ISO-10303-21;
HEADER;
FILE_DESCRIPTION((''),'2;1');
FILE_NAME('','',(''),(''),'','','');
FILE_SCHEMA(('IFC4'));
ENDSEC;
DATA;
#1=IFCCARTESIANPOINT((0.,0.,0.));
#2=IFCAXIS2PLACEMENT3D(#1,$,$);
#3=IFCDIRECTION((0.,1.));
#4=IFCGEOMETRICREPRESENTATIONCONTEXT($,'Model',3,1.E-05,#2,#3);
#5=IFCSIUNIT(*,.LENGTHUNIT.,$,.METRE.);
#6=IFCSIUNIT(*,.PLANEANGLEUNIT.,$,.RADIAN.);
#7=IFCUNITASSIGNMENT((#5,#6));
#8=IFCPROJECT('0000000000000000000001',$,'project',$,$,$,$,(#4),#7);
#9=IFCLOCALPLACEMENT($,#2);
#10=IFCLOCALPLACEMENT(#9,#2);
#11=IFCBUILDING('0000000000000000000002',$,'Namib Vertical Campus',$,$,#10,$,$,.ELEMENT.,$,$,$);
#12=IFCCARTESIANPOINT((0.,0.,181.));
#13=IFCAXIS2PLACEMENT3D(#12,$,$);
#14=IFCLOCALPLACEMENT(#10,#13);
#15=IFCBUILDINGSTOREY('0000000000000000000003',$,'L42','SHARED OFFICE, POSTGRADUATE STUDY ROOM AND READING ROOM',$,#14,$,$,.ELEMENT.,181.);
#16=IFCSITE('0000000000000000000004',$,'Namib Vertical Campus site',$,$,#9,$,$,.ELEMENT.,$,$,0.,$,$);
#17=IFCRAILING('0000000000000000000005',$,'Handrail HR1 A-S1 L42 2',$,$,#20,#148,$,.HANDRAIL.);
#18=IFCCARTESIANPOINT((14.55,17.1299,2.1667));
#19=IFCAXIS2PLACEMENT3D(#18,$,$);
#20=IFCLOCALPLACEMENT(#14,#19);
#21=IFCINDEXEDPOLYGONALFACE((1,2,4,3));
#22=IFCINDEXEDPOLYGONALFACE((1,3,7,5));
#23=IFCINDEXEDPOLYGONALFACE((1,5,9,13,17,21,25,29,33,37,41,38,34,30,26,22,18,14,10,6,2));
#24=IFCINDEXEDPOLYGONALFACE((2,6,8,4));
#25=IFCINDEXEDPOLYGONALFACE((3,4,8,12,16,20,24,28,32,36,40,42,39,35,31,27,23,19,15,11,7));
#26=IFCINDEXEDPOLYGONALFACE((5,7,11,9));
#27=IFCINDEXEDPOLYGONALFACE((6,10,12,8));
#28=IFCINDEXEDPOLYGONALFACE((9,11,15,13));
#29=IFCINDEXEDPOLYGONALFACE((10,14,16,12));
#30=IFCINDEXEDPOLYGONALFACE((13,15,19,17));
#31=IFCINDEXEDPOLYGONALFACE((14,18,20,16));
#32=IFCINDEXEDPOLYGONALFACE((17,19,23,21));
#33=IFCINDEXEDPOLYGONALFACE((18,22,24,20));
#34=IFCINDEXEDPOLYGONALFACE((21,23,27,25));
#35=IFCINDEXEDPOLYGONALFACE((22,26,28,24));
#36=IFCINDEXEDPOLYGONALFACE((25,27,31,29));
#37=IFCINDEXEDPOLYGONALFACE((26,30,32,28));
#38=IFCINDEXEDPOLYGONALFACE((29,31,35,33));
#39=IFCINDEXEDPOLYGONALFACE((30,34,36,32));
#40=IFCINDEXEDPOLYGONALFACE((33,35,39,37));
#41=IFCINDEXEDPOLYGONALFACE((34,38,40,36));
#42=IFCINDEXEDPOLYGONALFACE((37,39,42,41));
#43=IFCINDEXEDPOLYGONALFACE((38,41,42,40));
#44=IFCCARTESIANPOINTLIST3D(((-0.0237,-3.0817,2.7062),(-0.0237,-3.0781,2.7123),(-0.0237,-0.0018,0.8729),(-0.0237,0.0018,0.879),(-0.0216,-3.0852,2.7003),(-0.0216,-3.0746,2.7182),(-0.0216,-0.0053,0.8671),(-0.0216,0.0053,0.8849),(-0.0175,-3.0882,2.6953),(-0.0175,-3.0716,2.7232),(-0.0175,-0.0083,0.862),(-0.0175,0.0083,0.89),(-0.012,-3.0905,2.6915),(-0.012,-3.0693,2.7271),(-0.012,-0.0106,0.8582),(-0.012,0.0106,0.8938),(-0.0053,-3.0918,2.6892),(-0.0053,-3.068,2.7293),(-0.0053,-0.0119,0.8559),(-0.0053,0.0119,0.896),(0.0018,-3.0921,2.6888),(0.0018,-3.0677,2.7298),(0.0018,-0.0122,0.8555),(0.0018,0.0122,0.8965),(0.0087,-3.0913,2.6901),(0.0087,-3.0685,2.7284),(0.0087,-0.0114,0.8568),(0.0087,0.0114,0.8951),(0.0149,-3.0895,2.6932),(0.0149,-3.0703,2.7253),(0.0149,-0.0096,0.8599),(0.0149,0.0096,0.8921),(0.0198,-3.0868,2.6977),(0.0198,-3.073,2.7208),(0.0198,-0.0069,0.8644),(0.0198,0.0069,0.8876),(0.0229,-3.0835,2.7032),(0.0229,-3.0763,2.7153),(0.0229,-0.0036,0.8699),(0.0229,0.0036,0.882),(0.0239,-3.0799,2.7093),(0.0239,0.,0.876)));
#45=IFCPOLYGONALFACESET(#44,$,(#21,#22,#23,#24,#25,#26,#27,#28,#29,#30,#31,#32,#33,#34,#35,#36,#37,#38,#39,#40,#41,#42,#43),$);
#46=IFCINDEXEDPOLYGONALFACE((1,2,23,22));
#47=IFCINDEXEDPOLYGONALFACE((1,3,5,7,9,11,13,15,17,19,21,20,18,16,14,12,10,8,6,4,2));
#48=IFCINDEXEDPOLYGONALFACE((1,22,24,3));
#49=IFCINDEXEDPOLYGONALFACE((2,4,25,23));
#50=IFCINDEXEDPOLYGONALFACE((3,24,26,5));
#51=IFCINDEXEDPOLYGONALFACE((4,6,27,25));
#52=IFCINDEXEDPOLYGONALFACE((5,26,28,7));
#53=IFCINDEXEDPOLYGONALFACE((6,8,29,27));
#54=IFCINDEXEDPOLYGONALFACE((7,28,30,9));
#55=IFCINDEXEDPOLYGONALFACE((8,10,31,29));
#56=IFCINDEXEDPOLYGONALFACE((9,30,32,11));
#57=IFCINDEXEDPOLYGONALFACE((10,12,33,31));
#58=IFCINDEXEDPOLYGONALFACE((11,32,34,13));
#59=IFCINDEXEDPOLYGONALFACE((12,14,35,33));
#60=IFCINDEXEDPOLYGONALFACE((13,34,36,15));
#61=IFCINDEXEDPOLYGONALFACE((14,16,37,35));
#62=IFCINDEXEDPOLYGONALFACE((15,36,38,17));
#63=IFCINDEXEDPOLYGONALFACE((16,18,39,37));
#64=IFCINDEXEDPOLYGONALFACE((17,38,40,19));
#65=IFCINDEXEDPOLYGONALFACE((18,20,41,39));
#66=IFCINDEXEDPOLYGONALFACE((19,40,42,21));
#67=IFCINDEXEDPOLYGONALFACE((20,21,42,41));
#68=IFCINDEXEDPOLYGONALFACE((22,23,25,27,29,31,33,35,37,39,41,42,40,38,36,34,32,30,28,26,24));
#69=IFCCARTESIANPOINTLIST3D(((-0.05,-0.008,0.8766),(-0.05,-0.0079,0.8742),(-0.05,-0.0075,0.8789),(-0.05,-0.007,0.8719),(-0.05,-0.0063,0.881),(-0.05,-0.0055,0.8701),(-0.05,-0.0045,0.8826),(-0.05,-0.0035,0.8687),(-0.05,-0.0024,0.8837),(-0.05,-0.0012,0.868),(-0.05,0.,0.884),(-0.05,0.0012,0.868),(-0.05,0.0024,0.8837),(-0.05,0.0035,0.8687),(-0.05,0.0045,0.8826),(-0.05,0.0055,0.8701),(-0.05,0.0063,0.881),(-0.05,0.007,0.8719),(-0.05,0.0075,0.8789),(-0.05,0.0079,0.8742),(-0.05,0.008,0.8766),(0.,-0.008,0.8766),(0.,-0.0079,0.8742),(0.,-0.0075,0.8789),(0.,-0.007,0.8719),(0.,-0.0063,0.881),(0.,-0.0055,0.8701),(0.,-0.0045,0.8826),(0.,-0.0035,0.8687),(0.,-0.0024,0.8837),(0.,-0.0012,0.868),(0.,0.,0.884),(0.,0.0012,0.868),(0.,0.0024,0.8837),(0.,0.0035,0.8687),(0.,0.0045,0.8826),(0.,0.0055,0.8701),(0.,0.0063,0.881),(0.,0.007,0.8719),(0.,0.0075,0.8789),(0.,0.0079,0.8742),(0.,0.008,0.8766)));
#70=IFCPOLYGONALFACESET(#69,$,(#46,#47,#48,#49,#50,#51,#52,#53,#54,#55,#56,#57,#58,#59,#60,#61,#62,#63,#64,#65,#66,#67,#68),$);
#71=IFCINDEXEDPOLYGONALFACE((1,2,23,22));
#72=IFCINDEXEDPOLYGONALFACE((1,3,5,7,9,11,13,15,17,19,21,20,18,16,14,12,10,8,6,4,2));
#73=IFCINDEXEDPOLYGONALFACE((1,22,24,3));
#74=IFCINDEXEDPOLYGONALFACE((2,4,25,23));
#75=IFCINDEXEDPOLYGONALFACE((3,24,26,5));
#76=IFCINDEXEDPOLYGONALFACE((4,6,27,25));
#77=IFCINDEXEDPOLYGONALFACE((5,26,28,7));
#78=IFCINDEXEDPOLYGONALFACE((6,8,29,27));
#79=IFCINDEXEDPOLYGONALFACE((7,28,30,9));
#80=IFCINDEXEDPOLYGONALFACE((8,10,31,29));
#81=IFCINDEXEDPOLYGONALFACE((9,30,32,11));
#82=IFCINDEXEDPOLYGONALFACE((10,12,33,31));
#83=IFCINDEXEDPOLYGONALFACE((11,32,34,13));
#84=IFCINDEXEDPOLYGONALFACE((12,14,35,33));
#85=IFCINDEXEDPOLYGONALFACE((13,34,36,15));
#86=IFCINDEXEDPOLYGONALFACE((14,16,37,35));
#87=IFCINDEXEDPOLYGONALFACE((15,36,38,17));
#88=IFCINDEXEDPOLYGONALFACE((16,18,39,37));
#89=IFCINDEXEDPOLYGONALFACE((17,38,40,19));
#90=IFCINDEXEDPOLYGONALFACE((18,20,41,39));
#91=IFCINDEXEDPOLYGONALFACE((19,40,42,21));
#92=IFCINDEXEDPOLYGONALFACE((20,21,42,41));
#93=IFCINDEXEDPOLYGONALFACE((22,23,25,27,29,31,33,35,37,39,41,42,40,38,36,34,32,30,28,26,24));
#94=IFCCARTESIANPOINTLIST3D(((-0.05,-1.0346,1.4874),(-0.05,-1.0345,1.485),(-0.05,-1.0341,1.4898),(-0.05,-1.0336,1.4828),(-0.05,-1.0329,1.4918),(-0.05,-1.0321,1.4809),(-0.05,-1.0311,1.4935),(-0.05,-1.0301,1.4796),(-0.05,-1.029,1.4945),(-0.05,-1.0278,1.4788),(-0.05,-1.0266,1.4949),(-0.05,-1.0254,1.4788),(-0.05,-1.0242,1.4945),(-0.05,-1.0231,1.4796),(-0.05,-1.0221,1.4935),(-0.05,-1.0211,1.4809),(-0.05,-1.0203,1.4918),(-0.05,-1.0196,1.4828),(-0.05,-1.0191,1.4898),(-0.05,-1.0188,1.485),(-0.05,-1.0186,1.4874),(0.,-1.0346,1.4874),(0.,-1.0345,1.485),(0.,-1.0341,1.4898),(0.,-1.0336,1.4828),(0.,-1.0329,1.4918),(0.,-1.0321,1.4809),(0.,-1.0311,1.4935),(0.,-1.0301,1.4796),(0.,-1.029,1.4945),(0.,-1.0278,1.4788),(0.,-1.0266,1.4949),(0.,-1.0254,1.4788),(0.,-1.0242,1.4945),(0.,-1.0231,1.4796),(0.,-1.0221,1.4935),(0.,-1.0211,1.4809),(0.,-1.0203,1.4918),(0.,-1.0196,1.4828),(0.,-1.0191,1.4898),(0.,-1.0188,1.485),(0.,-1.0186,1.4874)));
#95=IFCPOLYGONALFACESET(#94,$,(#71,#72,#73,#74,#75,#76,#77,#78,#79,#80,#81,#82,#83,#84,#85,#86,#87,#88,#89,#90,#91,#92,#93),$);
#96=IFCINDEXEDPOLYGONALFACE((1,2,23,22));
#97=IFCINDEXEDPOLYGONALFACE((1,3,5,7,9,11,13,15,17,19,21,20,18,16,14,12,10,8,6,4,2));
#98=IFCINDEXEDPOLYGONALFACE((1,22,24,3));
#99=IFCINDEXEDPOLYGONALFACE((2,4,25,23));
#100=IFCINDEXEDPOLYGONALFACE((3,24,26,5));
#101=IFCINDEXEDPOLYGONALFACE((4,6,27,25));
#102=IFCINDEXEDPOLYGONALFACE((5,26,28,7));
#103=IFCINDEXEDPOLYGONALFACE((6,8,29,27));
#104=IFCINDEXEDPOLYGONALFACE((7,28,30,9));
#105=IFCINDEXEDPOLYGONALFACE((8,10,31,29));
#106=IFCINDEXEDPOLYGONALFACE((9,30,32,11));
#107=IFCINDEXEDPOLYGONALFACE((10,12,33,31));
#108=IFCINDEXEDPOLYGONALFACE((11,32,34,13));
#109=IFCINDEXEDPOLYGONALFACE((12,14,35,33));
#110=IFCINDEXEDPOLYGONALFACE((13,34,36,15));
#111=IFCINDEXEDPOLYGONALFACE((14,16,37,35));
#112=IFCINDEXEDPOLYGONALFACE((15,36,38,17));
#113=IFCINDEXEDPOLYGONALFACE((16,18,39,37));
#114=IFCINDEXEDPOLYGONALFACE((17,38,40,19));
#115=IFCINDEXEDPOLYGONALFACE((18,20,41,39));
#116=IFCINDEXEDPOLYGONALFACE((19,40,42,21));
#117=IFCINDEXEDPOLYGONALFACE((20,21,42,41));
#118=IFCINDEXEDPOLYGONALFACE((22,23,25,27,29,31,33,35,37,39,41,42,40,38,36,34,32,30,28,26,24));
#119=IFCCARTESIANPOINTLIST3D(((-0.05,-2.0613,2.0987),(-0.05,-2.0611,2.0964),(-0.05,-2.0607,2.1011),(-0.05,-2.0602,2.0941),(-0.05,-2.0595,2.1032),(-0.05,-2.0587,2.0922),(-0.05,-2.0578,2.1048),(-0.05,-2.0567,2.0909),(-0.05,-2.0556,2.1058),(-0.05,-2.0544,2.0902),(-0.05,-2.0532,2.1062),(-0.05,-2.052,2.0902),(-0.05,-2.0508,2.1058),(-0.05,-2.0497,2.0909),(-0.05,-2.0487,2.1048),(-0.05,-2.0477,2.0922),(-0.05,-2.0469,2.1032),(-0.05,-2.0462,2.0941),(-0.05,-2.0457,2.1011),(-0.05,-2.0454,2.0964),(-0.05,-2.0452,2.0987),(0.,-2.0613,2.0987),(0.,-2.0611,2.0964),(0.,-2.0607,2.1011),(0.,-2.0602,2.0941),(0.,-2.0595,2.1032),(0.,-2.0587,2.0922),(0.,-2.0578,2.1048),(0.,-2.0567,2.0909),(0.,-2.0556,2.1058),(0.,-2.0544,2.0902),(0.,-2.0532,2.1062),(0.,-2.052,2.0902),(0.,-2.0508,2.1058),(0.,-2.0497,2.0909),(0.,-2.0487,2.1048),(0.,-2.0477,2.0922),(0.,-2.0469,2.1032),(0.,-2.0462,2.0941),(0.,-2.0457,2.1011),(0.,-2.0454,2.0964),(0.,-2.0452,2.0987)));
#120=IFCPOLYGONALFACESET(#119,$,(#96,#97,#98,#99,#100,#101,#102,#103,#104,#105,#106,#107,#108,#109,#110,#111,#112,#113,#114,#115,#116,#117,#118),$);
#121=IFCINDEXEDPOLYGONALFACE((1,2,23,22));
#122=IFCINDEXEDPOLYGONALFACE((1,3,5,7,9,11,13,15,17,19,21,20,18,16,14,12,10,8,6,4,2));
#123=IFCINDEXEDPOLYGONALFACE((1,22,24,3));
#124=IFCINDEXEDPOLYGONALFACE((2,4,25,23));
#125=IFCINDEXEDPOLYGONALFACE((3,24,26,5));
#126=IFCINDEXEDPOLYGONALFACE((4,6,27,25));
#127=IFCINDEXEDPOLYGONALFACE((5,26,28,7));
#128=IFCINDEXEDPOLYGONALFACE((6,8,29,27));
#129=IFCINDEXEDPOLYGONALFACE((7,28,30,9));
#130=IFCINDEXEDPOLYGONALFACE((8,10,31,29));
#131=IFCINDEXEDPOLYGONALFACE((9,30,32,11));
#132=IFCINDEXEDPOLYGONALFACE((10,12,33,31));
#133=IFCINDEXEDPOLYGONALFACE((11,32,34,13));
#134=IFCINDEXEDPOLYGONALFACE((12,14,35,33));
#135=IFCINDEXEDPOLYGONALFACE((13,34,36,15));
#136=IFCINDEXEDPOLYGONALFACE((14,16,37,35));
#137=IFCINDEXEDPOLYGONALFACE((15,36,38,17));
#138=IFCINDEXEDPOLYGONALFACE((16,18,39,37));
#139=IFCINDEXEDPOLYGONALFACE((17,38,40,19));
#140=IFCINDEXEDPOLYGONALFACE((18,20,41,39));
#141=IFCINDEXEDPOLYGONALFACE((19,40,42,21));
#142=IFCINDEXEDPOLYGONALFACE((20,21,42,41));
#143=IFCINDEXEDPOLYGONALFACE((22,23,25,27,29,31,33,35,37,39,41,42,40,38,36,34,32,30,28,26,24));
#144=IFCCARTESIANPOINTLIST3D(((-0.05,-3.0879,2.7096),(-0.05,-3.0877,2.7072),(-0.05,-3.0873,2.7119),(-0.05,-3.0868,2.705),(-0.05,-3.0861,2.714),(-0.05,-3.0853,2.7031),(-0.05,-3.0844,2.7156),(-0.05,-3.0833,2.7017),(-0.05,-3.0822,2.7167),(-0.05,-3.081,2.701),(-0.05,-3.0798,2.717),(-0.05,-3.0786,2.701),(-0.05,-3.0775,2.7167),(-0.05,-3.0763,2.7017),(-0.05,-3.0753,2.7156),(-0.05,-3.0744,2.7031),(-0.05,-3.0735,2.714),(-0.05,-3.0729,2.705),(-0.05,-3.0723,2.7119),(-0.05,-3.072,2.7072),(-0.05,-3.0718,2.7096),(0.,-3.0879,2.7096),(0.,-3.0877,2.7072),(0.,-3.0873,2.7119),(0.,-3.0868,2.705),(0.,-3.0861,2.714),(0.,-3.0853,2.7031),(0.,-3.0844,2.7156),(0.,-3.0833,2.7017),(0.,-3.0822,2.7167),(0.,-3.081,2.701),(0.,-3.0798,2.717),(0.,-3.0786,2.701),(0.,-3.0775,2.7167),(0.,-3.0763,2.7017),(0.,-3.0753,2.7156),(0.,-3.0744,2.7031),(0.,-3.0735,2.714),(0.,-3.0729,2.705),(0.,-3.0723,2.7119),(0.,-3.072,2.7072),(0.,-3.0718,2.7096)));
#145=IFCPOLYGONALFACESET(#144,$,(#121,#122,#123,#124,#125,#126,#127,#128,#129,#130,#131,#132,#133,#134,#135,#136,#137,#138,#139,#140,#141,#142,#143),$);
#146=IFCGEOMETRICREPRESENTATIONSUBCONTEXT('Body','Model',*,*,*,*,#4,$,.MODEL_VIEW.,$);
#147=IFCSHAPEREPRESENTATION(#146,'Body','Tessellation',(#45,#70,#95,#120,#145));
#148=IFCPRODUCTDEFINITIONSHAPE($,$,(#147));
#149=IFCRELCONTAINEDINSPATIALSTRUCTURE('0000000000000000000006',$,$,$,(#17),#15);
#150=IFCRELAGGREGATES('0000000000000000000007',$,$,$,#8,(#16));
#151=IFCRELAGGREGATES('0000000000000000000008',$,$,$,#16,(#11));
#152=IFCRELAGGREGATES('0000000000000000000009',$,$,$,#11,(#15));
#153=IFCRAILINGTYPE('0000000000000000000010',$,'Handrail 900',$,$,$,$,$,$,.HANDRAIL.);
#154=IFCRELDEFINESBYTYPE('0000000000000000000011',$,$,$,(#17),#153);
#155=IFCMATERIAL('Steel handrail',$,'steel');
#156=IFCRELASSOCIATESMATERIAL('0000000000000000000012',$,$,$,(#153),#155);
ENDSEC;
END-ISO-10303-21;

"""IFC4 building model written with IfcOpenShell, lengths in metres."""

from ifc_helpers import new_model, si_unit, direction, frame, origin, origin_2d, place, context, subcontext, project, spatial, circle, extrude, material, type_object, element, save


model = new_model("IFC4")

# Units and contexts
model_context = context("Model", 3, precision=1e-05, world=origin(), true_north=direction((0.0, 1.0)))
body_context = subcontext(model_context, "Body", "Model", "MODEL_VIEW")
ifc_project = project(units=[si_unit("LENGTHUNIT", "METRE"), si_unit("PLANEANGLEUNIT", "RADIAN")], contexts=[model_context])

# Site, building, storey
site_placement = place(None, origin())
site = spatial("IfcSite", under=ifc_project, at=site_placement, Name="Namib Vertical Campus site", CompositionType="ELEMENT", RefElevation=0.0)
building_placement = place(site_placement, origin())
building = spatial("IfcBuilding", under=site, at=building_placement, Name="Namib Vertical Campus", CompositionType="ELEMENT")
storey_placement = place(building_placement, frame((0.0, 0.0, 181.0)))
storey = spatial("IfcBuildingStorey", under=building, at=storey_placement, Name="L42", Description="SHARED OFFICE, POSTGRADUATE STUDY ROOM AND READING ROOM", CompositionType="ELEMENT", Elevation=181.0)

# Railing
ifc_material_1 = material(Name="Steel handrail", Category="steel")
railing_type = type_object("IfcRailingType", Name="Handrail 900", PredefinedType="HANDRAIL", material=ifc_material_1)
railing_1_placement = place(storey_placement, frame((14.55, 17.1299, 2.1667)))
element("IfcRailing", 1, at=railing_1_placement, inside=storey, type_object=railing_type, Name="Handrail HR1 A-S1 L42 2", PredefinedType="HANDRAIL", context=body_context, shape_type="SweptSolid", body=[
    extrude(circle(Radius=0.0239, at=origin_2d()), frame((0.0, 0.0, 0.876), z_axis=(0.0, -0.859291, 0.511487), x_axis=(1.0, 0.0, 0.0)), (0.0, 0.0, 1.0), 3.5842),
    extrude(circle(Radius=0.0081, at=origin_2d()), frame((0.0, 0.0, 0.876), z_axis=(-1.0, 0.0, 0.0), x_axis=(0.0, 0.0, 1.0)), (0.0, 0.0, 1.0), 0.05),
    extrude(circle(Radius=0.0081, at=origin_2d()), frame((0.0, -1.0266, 1.4868), z_axis=(-1.0, 0.0, 0.0), x_axis=(0.0, 0.0, 1.0)), (0.0, 0.0, 1.0), 0.05),
    extrude(circle(Radius=0.0081, at=origin_2d()), frame((0.0, -2.0532, 2.0981), z_axis=(-1.0, 0.0, 0.0), x_axis=(0.0, 0.0, 1.0)), (0.0, 0.0, 1.0), 0.05),
    extrude(circle(Radius=0.0081, at=origin_2d()), frame((0.0, -3.0798, 2.709), z_axis=(-1.0, 0.0, 0.0), x_axis=(0.0, 0.0, 1.0)), (0.0, 0.0, 1.0), 0.05),
])

save(model, "model.ifc")
